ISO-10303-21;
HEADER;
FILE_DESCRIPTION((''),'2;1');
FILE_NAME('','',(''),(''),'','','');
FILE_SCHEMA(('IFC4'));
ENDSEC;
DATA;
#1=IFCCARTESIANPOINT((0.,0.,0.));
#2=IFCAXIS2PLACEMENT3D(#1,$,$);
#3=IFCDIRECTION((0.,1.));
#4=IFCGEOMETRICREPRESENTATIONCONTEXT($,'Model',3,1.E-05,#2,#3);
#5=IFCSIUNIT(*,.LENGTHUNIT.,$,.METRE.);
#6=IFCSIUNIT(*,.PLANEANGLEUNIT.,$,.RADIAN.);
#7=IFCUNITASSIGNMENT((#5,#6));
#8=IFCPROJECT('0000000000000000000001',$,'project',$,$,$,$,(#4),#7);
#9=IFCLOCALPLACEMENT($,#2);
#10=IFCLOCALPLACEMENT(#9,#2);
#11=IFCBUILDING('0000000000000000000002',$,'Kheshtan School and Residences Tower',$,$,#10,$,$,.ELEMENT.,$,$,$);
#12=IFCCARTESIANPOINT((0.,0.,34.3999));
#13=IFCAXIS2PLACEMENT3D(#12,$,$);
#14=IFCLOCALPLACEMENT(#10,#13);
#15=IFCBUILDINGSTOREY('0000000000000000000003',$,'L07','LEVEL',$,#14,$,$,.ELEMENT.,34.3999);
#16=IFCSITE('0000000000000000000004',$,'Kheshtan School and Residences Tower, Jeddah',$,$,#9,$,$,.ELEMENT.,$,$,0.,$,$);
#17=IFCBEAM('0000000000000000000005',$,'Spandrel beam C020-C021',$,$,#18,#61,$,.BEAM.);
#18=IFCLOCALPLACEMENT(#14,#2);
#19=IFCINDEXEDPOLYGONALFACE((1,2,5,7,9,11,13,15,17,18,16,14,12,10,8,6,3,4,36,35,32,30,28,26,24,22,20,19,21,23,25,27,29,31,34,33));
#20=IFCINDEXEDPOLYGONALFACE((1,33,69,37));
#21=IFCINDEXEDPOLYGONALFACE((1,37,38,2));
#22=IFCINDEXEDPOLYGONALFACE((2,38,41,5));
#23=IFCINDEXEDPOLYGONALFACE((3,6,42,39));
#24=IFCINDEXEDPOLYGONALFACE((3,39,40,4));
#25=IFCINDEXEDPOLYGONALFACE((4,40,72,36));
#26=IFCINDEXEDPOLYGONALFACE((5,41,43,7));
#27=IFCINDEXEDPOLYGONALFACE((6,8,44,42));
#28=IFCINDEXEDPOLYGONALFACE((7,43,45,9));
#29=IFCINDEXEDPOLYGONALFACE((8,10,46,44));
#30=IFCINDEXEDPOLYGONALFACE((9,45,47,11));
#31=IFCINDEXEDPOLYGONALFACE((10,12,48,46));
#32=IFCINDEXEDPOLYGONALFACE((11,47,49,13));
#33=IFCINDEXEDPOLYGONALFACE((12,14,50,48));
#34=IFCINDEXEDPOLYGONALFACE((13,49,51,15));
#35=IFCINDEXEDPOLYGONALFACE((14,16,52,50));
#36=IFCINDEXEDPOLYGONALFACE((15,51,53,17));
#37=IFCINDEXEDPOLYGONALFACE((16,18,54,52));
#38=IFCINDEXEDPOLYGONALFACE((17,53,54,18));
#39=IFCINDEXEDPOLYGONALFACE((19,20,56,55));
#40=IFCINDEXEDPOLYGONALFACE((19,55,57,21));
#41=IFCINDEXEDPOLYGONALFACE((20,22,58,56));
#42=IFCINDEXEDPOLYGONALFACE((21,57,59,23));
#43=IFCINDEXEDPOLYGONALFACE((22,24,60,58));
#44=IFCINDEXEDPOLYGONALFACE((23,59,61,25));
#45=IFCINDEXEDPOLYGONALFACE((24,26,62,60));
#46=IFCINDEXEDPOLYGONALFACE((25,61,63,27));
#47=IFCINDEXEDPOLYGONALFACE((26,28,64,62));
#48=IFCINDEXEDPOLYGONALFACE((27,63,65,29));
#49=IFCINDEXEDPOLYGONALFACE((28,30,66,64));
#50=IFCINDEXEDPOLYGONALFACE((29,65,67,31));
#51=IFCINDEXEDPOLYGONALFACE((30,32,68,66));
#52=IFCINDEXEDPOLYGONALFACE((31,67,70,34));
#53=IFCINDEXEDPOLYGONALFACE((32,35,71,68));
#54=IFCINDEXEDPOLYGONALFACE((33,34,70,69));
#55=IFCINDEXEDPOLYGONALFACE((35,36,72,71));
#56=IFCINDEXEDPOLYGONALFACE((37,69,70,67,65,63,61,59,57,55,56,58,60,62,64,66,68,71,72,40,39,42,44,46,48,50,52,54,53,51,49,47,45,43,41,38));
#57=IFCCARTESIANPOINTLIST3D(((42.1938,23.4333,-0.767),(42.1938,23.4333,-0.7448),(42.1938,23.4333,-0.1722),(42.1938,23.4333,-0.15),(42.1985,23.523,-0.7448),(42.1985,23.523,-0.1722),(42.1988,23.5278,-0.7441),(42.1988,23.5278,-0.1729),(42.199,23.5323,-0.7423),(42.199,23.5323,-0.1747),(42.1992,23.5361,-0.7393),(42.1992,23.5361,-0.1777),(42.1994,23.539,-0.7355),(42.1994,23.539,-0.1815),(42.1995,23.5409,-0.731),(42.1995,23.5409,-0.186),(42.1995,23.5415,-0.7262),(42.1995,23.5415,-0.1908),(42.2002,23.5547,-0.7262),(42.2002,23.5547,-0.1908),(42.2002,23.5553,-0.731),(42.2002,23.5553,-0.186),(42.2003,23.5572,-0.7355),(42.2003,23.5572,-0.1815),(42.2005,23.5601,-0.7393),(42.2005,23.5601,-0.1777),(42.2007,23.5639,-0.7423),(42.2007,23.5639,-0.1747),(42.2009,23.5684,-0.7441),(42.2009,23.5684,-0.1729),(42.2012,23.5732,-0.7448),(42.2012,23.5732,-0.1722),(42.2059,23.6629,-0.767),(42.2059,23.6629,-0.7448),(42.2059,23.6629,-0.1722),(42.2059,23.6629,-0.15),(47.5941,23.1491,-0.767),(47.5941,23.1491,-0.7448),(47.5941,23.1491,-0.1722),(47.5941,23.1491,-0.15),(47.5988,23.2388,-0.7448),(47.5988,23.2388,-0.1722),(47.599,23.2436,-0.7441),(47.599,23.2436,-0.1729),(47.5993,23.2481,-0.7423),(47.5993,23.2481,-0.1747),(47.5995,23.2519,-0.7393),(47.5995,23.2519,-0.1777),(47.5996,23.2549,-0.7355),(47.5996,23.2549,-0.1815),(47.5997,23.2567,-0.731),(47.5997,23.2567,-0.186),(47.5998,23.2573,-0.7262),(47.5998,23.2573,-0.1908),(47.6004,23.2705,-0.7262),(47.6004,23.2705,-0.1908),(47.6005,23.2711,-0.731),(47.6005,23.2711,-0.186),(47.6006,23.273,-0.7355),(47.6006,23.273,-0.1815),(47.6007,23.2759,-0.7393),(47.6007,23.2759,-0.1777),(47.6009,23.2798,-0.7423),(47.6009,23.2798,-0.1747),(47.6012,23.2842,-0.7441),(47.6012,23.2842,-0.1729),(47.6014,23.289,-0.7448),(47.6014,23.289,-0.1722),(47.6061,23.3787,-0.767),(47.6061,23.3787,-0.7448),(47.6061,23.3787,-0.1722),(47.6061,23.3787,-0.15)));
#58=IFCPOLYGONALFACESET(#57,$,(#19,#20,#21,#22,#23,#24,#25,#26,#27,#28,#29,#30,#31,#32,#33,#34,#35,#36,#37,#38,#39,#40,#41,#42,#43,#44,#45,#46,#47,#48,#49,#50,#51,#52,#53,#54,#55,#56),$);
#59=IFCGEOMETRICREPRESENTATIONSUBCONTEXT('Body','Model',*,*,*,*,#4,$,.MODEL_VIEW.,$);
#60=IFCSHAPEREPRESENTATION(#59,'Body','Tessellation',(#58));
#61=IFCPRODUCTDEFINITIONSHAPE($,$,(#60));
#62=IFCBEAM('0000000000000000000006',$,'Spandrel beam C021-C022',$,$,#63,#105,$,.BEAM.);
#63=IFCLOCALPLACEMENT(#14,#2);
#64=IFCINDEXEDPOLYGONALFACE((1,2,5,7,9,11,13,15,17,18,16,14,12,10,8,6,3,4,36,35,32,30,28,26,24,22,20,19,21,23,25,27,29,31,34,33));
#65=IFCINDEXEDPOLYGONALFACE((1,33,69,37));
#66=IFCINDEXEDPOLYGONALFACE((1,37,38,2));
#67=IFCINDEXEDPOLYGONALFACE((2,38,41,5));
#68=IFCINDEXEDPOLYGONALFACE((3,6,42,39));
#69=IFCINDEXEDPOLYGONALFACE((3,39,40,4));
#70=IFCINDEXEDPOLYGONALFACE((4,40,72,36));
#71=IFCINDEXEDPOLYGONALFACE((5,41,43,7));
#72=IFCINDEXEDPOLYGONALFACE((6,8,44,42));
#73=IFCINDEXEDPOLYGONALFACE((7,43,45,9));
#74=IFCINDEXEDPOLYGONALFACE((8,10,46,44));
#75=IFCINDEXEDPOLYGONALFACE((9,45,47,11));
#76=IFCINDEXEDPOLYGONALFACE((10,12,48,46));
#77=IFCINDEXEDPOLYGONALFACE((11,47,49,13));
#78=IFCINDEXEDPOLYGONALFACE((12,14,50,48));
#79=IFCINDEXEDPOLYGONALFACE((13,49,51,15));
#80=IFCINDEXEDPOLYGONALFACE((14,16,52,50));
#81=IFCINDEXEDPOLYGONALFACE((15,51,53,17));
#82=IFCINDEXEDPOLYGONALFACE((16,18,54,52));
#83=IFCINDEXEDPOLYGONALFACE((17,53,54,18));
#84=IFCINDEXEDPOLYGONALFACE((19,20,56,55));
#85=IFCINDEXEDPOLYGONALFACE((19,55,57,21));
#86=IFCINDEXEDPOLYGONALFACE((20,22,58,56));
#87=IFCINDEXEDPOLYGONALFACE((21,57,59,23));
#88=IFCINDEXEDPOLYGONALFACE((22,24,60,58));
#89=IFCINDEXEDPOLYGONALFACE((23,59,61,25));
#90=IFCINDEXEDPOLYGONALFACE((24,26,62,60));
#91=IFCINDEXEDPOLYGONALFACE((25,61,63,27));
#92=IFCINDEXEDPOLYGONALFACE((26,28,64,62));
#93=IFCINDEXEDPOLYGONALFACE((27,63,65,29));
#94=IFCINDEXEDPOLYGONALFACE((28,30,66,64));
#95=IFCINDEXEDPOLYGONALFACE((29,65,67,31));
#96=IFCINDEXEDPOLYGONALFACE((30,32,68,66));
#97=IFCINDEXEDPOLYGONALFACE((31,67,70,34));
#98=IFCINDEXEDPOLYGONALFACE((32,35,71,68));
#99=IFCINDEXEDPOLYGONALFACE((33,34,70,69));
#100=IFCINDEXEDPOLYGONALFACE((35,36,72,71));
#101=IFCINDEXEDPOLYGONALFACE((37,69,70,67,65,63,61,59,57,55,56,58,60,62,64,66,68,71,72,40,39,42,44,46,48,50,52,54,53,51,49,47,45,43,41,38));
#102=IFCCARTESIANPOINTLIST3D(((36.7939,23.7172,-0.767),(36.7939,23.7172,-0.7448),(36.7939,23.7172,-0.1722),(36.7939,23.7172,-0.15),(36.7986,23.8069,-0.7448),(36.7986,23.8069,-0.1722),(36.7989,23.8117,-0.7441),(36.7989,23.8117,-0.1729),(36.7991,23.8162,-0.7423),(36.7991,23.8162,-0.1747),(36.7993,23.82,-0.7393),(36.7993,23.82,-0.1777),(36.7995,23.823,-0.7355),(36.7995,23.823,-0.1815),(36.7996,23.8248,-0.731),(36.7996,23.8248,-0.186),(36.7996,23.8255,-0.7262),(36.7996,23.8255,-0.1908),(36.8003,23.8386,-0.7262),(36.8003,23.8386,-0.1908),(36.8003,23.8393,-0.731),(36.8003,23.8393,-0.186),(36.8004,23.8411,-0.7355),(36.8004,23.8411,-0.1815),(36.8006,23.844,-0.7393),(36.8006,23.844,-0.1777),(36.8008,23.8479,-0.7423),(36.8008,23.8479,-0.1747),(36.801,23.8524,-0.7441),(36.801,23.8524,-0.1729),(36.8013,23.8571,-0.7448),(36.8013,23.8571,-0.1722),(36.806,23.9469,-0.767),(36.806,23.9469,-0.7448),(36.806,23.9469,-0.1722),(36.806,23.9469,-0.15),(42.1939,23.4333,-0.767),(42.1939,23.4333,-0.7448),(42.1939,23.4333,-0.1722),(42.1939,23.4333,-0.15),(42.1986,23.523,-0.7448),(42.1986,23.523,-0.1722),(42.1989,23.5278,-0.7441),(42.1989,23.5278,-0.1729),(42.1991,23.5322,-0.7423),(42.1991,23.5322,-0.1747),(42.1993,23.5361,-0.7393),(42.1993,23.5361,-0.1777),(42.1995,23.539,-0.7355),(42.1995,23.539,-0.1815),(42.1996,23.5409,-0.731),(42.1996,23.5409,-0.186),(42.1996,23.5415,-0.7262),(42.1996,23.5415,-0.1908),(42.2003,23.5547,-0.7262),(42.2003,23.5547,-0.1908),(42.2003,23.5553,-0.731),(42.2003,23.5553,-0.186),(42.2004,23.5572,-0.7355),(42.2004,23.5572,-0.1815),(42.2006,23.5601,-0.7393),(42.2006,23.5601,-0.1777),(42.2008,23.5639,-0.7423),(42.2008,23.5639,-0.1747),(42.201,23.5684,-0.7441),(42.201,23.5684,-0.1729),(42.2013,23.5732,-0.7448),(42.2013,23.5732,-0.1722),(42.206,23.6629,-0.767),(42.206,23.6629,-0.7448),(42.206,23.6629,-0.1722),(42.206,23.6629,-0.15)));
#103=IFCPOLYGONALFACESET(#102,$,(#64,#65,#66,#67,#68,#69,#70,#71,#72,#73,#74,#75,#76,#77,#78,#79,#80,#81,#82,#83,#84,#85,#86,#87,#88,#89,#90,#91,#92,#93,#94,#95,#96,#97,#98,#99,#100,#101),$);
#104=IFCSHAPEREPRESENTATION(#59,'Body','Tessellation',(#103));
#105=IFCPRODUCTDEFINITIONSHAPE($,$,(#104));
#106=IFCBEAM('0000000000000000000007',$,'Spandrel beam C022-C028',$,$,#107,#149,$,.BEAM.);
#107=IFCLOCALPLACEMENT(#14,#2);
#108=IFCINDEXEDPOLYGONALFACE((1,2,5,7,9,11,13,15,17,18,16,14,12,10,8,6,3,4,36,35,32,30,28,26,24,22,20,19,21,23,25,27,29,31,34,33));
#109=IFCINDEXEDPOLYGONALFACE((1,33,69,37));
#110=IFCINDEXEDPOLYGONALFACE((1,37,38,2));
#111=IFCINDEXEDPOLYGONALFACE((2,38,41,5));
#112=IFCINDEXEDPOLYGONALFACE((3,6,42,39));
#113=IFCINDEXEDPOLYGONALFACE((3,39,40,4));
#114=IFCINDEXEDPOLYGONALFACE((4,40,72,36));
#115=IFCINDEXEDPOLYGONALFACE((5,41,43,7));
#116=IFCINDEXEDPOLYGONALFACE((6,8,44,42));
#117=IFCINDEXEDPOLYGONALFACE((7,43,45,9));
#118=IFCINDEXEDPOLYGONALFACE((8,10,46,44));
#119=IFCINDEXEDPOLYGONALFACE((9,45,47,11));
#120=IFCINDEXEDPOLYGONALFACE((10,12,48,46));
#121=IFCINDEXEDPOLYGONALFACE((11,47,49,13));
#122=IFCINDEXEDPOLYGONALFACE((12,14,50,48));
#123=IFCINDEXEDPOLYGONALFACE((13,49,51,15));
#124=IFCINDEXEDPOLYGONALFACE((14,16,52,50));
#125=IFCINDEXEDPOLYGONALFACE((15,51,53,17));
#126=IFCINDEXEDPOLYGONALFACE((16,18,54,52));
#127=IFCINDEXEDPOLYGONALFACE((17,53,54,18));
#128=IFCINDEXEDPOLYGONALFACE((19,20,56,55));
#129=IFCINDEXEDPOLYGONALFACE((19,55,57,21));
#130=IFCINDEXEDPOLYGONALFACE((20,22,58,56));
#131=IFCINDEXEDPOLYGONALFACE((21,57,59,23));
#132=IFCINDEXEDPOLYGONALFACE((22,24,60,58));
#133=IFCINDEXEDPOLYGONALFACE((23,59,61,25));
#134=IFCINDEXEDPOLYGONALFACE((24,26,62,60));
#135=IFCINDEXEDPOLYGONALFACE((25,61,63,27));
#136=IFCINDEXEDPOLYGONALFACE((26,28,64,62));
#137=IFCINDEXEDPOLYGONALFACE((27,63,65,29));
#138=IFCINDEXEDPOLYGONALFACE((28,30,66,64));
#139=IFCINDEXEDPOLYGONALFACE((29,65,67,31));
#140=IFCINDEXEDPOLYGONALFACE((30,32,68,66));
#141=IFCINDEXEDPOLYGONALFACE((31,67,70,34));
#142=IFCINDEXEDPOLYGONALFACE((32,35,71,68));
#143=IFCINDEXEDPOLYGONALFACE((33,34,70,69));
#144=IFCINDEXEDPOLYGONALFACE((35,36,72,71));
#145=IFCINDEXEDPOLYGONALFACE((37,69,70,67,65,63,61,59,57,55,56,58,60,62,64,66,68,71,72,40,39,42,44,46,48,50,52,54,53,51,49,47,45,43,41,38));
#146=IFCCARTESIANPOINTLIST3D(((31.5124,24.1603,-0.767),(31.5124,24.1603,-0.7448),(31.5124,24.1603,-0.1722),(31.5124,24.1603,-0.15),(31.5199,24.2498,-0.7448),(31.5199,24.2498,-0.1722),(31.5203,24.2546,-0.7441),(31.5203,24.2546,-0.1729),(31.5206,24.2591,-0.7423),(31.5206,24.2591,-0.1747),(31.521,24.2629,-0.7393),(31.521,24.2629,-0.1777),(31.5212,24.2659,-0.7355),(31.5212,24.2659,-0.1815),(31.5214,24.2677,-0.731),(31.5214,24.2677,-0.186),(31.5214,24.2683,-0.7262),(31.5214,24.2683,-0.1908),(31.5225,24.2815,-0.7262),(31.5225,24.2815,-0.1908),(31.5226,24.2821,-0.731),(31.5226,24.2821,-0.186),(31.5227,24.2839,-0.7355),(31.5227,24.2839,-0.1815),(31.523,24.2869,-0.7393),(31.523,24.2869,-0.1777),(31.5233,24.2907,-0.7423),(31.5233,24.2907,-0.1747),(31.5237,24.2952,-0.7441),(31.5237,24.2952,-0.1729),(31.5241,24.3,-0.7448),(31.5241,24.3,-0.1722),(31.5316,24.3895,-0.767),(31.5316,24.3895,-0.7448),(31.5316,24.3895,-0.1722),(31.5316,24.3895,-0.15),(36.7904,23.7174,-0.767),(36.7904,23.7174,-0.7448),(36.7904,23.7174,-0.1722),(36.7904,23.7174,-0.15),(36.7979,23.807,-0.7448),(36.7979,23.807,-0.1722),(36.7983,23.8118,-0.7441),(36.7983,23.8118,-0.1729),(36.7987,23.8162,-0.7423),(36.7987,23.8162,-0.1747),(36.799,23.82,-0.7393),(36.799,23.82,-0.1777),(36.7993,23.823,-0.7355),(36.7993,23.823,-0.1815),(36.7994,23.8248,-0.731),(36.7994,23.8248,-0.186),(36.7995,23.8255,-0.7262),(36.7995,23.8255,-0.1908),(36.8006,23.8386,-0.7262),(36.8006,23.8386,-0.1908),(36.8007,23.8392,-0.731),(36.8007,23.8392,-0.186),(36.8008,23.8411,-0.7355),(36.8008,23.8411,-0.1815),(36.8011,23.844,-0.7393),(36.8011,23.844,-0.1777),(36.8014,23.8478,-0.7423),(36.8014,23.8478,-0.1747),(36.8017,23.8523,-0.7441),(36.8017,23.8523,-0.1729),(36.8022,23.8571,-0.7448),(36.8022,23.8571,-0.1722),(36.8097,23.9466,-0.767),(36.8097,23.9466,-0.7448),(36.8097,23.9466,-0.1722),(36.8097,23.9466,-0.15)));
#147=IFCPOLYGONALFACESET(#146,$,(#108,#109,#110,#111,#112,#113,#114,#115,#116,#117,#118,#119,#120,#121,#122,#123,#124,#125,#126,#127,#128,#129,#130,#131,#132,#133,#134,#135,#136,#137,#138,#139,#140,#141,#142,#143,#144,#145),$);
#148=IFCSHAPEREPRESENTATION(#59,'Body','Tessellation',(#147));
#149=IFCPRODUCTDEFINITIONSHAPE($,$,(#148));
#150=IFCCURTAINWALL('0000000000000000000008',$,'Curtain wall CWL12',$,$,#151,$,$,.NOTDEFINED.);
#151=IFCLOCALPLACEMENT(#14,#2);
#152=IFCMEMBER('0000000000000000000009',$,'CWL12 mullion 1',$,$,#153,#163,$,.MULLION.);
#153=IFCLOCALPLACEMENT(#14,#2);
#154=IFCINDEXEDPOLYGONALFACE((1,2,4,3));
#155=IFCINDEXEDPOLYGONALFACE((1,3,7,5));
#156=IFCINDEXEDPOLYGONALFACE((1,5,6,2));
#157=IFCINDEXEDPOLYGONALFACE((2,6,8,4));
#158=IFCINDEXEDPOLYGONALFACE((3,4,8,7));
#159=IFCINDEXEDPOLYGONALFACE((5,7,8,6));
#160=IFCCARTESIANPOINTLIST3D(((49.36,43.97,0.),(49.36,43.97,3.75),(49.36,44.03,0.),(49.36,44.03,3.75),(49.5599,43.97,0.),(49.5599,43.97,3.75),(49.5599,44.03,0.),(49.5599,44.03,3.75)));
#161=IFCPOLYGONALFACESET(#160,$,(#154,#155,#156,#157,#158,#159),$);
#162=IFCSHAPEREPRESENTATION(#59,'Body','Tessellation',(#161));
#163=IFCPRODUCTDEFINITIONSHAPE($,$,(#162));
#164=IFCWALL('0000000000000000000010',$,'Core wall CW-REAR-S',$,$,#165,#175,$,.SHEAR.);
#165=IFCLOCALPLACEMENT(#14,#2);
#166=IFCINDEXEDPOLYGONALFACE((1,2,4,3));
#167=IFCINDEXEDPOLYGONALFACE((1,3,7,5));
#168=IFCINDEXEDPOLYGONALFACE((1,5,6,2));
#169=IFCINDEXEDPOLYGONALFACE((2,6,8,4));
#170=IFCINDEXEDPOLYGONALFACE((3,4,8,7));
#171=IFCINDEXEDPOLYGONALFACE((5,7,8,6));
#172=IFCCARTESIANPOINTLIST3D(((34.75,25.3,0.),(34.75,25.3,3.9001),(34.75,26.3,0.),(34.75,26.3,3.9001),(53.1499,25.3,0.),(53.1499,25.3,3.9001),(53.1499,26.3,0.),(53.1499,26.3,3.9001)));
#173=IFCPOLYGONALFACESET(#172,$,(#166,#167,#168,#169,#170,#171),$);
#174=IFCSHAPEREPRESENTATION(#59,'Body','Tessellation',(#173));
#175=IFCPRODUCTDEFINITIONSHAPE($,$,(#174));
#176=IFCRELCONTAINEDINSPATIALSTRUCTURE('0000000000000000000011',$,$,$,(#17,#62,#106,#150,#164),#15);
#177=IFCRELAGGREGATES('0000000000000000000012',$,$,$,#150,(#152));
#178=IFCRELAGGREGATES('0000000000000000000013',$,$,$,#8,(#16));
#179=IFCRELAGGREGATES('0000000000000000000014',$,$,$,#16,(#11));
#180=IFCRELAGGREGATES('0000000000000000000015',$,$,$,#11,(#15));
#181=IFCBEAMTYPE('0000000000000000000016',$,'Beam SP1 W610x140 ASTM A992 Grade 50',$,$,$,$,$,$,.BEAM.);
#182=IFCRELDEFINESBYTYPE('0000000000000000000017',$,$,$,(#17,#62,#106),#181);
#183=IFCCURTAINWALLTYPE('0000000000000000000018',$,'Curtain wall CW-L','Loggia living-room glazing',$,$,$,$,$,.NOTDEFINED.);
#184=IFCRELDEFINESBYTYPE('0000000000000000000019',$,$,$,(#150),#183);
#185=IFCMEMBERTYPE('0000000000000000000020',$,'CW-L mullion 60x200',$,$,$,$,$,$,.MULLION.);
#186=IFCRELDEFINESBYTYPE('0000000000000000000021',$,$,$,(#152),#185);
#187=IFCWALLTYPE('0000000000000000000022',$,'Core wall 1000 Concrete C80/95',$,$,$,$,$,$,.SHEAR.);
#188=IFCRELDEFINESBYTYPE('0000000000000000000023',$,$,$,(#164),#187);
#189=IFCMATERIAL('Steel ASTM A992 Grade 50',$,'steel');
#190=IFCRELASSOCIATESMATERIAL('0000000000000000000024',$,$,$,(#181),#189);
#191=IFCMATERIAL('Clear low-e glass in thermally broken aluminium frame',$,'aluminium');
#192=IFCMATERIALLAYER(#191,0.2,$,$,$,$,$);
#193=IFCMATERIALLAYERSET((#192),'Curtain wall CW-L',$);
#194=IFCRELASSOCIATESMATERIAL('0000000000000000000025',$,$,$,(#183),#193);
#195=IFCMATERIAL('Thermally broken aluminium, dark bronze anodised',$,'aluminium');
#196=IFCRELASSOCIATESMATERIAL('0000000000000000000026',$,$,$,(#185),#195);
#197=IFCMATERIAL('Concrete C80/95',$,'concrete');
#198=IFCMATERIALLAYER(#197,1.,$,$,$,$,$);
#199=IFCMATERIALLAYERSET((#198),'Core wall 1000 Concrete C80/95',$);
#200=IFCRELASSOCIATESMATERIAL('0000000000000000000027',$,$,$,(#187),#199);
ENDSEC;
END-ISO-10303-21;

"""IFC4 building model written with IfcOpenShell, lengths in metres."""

from ifc_helpers import new_model, si_unit, direction, frame, frame_2d, origin, origin_2d, place, context, subcontext, project, spatial, rectangle, i_section, extrude, material, layer, layer_set, material_profile, profile_set, type_object, element, aggregate, save


model = new_model("IFC4")

# Units and contexts
model_context = context("Model", 3, precision=1e-05, world=origin(), true_north=direction((0.0, 1.0)))
body_context = subcontext(model_context, "Body", "Model", "MODEL_VIEW")
ifc_project = project(units=[si_unit("LENGTHUNIT", "METRE"), si_unit("PLANEANGLEUNIT", "RADIAN")], contexts=[model_context])

# Site, building, storey
site_placement = place(None, origin())
site = spatial("IfcSite", under=ifc_project, at=site_placement, Name="Kheshtan School and Residences Tower, Jeddah", CompositionType="ELEMENT", RefElevation=0.0)
building_placement = place(site_placement, origin())
building = spatial("IfcBuilding", under=site, at=building_placement, Name="Kheshtan School and Residences Tower", CompositionType="ELEMENT")
storey_placement = place(building_placement, frame((0.0, 0.0, 34.3999)))
storey = spatial("IfcBuildingStorey", under=building, at=storey_placement, Name="L07", Description="LEVEL", CompositionType="ELEMENT", Elevation=34.3999)

# Shared definitions
ifc_material_1 = material(Name="Steel ASTM A992 Grade 50", Category="steel")

# Beams
ifc_material_profile_1 = material_profile(ifc_material_1, i_section(OverallWidth=0.23, OverallDepth=0.6169, WebThickness=0.0132, FlangeThickness=0.0222, FilletRadius=0.0186, at=origin_2d()), Name="W610x140")
ifc_profile_set_1 = profile_set([ifc_material_profile_1], Name="Steel ASTM A992 Grade 50")
beam_type_1 = type_object("IfcBeamType", Name="Beam SP1 W610x140 ASTM A992 Grade 50", PredefinedType="BEAM", material=ifc_profile_set_1)
beam_1_placement = place(storey_placement, frame((47.6001, 23.2639, -0.4585), z_axis=(-0.998618, 0.052552, 0.0), x_axis=(-0.052552, -0.998618, 0.0)))
element("IfcBeam", 1, at=beam_1_placement, inside=storey, type_object=beam_type_1, Name="Spandrel beam C020-C021", PredefinedType="BEAM", context=body_context, shape_type="SweptSolid", body=[
    extrude(i_section(OverallWidth=0.23, OverallDepth=0.6169, WebThickness=0.0132, FlangeThickness=0.0222, FilletRadius=0.0186, at=origin_2d()), origin(), (0.0, 0.0, 1.0), 5.4077),
])
beam_2_placement = place(storey_placement, frame((42.2, 23.5481, -0.4585), z_axis=(-0.99862, 0.052509, 0.0), x_axis=(-0.052509, -0.99862, 0.0)))
element("IfcBeam", 2, at=beam_2_placement, inside=storey, type_object=beam_type_1, Name="Spandrel beam C021-C022", PredefinedType="BEAM", context=body_context, shape_type="SweptSolid", body=[
    extrude(i_section(OverallWidth=0.23, OverallDepth=0.6169, WebThickness=0.0132, FlangeThickness=0.0222, FilletRadius=0.0186, at=origin_2d()), origin(), (0.0, 0.0, 1.0), 5.4075),
])
beam_3_placement = place(storey_placement, frame((36.8, 23.832, -0.4585), z_axis=(-0.996498, 0.083614, 0.0), x_axis=(-0.083614, -0.996498, 0.0)))
element("IfcBeam", 3, at=beam_3_placement, inside=storey, type_object=beam_type_1, Name="Spandrel beam C022-C028", PredefinedType="BEAM", context=body_context, shape_type="SweptSolid", body=[
    extrude(i_section(OverallWidth=0.23, OverallDepth=0.6169, WebThickness=0.0132, FlangeThickness=0.0222, FilletRadius=0.0186, at=origin_2d()), origin(), (0.0, 0.0, 1.0), 5.2966),
])

# Curtain wall, member
ifc_material_2 = material(Name="Clear low-e glass in thermally broken aluminium frame", Category="aluminium")
ifc_layer_1 = layer(ifc_material_2, 0.2)
ifc_layer_set_1 = layer_set([ifc_layer_1], Name="Curtain wall CW-L")
curtain_wall_type = type_object("IfcCurtainWallType", Name="Curtain wall CW-L", Description="Loggia living-room glazing", PredefinedType="NOTDEFINED", material=ifc_layer_set_1)
curtain_wall_placement = place(storey_placement, origin())
curtain_wall = element("IfcCurtainWall", 4, at=curtain_wall_placement, inside=storey, type_object=curtain_wall_type, Name="Curtain wall CWL12", PredefinedType="NOTDEFINED")
ifc_material_3 = material(Name="Thermally broken aluminium, dark bronze anodised", Category="aluminium")
ifc_material_profile_2 = material_profile(ifc_material_3, rectangle(XDim=0.0601, YDim=0.2, at=origin_2d()), Name="CW-L mullion 60x200")
ifc_profile_set_2 = profile_set([ifc_material_profile_2], Name="Thermally broken aluminium, dark bronze anodised")
member_type = type_object("IfcMemberType", Name="CW-L mullion 60x200", PredefinedType="MULLION", material=ifc_profile_set_2)
member_placement = place(storey_placement, frame((49.46, 44.0, 0.0), z_axis=(0.0, 0.0, 1.0), x_axis=(0.0, 1.0, 0.0)))
member = element("IfcMember", 5, at=member_placement, type_object=member_type, Name="CWL12 mullion 1", PredefinedType="MULLION", context=body_context, shape_type="SweptSolid", body=[
    extrude(rectangle(XDim=0.0601, YDim=0.2, at=origin_2d()), origin(), (0.0, 0.0, 1.0), 3.75),
])
aggregate(curtain_wall, [member])

# Wall
ifc_material_4 = material(Name="Concrete C80/95", Category="concrete")
ifc_layer_2 = layer(ifc_material_4, 1.0)
ifc_layer_set_2 = layer_set([ifc_layer_2], Name="Core wall 1000 Concrete C80/95")
wall_type_1 = type_object("IfcWallType", Name="Core wall 1000 Concrete C80/95", PredefinedType="SHEAR", material=ifc_layer_set_2)
wall_1_placement = place(storey_placement, frame((34.75, 25.8, 0.0), z_axis=(0.0, 0.0, 1.0), x_axis=(1.0, 0.0, 0.0)))
element("IfcWall", 6, at=wall_1_placement, inside=storey, type_object=wall_type_1, Name="Core wall CW-REAR-S", PredefinedType="SHEAR", context=body_context, shape_type="SweptSolid", body=[
    extrude(rectangle(XDim=18.3999, YDim=1.0, at=frame_2d((9.2, 0.0))), origin(), (0.0, 0.0, 1.0), 3.9001),
])

save(model, "model.ifc")
